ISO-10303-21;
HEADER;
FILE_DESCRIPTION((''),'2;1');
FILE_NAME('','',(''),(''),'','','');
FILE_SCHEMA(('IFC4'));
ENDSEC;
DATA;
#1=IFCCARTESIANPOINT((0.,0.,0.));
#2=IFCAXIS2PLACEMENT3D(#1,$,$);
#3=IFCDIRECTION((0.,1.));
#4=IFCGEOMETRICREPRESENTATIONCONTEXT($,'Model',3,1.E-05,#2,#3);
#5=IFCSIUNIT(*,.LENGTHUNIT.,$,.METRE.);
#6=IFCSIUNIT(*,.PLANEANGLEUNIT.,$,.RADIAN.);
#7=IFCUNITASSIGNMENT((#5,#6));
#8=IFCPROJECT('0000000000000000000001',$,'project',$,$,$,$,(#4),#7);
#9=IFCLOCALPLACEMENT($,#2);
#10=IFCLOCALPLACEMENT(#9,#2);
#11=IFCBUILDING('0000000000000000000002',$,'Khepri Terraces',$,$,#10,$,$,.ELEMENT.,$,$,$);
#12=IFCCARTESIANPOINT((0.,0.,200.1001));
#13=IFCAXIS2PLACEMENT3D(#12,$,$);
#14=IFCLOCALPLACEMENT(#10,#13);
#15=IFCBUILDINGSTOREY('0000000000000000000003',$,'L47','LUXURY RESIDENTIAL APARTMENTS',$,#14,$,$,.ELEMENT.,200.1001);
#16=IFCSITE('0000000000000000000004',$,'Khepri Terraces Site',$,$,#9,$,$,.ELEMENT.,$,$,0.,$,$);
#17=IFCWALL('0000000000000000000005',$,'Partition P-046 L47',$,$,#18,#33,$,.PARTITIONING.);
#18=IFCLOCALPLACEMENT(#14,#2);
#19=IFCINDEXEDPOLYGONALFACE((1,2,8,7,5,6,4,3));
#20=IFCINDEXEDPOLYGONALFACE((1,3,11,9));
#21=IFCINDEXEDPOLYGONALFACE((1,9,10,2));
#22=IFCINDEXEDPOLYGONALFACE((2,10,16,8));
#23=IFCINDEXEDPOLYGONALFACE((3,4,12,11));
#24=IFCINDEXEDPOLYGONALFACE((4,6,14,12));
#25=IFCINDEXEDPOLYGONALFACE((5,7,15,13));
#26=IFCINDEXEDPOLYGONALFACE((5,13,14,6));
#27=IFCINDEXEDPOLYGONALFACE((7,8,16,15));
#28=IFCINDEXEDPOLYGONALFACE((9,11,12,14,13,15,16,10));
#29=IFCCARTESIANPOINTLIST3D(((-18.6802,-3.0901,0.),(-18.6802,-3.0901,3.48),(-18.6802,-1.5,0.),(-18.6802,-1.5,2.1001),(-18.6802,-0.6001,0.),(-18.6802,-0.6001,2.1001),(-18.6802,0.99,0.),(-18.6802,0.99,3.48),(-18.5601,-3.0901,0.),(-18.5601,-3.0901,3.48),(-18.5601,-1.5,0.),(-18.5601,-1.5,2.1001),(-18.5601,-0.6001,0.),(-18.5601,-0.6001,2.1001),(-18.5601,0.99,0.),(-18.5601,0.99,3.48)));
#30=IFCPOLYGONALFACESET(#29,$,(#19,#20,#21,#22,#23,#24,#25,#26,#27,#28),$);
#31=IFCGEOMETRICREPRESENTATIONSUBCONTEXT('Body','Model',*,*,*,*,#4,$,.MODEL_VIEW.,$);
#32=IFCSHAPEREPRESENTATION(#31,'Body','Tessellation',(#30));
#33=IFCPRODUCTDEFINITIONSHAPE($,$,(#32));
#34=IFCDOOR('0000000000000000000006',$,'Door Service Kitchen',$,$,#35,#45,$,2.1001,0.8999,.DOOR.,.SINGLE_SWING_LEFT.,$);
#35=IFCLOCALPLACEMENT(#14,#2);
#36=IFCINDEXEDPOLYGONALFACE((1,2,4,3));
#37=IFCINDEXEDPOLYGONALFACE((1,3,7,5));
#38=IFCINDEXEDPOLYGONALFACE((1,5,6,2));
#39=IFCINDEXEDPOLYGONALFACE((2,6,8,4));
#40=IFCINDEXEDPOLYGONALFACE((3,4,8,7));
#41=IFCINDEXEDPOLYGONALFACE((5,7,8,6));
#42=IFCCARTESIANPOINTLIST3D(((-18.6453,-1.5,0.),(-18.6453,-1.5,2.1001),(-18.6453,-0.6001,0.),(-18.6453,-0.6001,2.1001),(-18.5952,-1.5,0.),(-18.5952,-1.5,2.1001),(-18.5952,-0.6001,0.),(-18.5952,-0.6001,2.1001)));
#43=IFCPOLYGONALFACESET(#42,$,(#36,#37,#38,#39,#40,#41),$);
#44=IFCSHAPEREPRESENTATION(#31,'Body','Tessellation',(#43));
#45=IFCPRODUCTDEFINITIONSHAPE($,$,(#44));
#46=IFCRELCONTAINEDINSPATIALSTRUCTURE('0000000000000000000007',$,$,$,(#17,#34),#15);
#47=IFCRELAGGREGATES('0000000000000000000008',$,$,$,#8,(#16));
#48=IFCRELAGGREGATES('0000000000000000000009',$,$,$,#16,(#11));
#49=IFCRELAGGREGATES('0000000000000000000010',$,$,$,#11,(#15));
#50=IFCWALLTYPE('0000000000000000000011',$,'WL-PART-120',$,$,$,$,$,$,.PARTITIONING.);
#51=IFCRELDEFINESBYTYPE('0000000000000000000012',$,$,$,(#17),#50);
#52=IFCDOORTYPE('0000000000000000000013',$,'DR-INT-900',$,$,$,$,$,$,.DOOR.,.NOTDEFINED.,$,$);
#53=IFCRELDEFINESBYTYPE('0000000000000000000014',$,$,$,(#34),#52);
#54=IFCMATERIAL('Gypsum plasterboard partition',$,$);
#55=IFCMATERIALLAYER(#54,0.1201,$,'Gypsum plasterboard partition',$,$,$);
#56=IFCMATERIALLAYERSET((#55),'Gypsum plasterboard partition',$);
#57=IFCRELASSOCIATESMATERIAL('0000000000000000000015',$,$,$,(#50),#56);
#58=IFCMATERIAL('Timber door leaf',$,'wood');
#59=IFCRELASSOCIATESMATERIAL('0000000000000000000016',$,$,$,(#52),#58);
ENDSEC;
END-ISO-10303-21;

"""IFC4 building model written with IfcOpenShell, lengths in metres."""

from ifc_helpers import new_model, si_unit, direction, frame, frame_2d, origin, place, context, subcontext, project, spatial, rectangle, extrude, material, layer, layer_set, type_object, element, fill, save


model = new_model("IFC4")

# Units and contexts
model_context = context("Model", 3, precision=1e-05, world=origin(), true_north=direction((0.0, 1.0)))
body_context = subcontext(model_context, "Body", "Model", "MODEL_VIEW")
ifc_project = project(units=[si_unit("LENGTHUNIT", "METRE"), si_unit("PLANEANGLEUNIT", "RADIAN")], contexts=[model_context])

# Site, building, storey
site_placement = place(None, origin())
site = spatial("IfcSite", under=ifc_project, at=site_placement, Name="Khepri Terraces Site", CompositionType="ELEMENT", RefElevation=0.0)
building_placement = place(site_placement, origin())
building = spatial("IfcBuilding", under=site, at=building_placement, Name="Khepri Terraces", CompositionType="ELEMENT")
storey_placement = place(building_placement, frame((0.0, 0.0, 200.1001)))
storey = spatial("IfcBuildingStorey", under=building, at=storey_placement, Name="L47", Description="LUXURY RESIDENTIAL APARTMENTS", CompositionType="ELEMENT", Elevation=200.1001)

# Shared definitions
ifc_material_1 = material(Name="Gypsum plasterboard partition")
ifc_layer_1 = layer(ifc_material_1, 0.1201, Name="Gypsum plasterboard partition")
ifc_layer_set_1 = layer_set([ifc_layer_1], Name="Gypsum plasterboard partition")
wall_type_1 = type_object("IfcWallType", Name="WL-PART-120", PredefinedType="PARTITIONING", material=ifc_layer_set_1)

# Shared definitions
ifc_material_2 = material(Name="Timber door leaf", Category="wood")
door_type_1 = type_object("IfcDoorType", Name="DR-INT-900", OperationType="NOTDEFINED", PredefinedType="DOOR", material=ifc_material_2)

# Wall, opening, door
wall_1_placement = place(storey_placement, frame((-18.6201, -3.0901, 0.0), z_axis=(0.0, 0.0, 1.0), x_axis=(0.0, 1.0, 0.0)))
wall_1 = element("IfcWall", 1, at=wall_1_placement, inside=storey, type_object=wall_type_1, Name="Partition P-046 L47", PredefinedType="PARTITIONING", context=body_context, shape_type="SweptSolid", body=[
    extrude(rectangle(XDim=4.0801, YDim=0.1201, at=frame_2d((2.04, 0.0))), origin(), (0.0, 0.0, 1.0), 3.48),
])
opening_1_placement = place(wall_1_placement, frame((1.5901, 0.0, 0.0)))
opening_1 = element("IfcOpeningElement", 2, at=opening_1_placement, cuts=wall_1, PredefinedType="OPENING", context=body_context, shape_type="SweptSolid", body=[
    extrude(rectangle(XDim=0.8999, YDim=2.1001, at=frame_2d((0.45, 1.05))), frame((0.0, 0.0701, 0.0), z_axis=(0.0, -1.0, 0.0), x_axis=(1.0, 0.0, 0.0)), (0.0, 0.0, 1.0), 0.1401),
])
door_1_placement = place(opening_1_placement, frame((0.8999, 0.0, 0.0), z_axis=(0.0, 0.0, 1.0), x_axis=(-1.0, 0.0, 0.0)))
door_1 = element("IfcDoor", 3, at=door_1_placement, inside=storey, type_object=door_type_1, Name="Door Service Kitchen", OperationType="SINGLE_SWING_LEFT", OverallHeight=2.1001, OverallWidth=0.8999, PredefinedType="DOOR", context=body_context, shape_type="SweptSolid", body=[
    extrude(rectangle(XDim=0.8999, YDim=2.1001, at=frame_2d((0.45, 1.05))), frame((0.0, 0.0249, 0.0), z_axis=(0.0, -1.0, 0.0), x_axis=(1.0, 0.0, 0.0)), (0.0, 0.0, 1.0), 0.05),
])
fill(opening_1, door_1)

save(model, "model.ifc")
